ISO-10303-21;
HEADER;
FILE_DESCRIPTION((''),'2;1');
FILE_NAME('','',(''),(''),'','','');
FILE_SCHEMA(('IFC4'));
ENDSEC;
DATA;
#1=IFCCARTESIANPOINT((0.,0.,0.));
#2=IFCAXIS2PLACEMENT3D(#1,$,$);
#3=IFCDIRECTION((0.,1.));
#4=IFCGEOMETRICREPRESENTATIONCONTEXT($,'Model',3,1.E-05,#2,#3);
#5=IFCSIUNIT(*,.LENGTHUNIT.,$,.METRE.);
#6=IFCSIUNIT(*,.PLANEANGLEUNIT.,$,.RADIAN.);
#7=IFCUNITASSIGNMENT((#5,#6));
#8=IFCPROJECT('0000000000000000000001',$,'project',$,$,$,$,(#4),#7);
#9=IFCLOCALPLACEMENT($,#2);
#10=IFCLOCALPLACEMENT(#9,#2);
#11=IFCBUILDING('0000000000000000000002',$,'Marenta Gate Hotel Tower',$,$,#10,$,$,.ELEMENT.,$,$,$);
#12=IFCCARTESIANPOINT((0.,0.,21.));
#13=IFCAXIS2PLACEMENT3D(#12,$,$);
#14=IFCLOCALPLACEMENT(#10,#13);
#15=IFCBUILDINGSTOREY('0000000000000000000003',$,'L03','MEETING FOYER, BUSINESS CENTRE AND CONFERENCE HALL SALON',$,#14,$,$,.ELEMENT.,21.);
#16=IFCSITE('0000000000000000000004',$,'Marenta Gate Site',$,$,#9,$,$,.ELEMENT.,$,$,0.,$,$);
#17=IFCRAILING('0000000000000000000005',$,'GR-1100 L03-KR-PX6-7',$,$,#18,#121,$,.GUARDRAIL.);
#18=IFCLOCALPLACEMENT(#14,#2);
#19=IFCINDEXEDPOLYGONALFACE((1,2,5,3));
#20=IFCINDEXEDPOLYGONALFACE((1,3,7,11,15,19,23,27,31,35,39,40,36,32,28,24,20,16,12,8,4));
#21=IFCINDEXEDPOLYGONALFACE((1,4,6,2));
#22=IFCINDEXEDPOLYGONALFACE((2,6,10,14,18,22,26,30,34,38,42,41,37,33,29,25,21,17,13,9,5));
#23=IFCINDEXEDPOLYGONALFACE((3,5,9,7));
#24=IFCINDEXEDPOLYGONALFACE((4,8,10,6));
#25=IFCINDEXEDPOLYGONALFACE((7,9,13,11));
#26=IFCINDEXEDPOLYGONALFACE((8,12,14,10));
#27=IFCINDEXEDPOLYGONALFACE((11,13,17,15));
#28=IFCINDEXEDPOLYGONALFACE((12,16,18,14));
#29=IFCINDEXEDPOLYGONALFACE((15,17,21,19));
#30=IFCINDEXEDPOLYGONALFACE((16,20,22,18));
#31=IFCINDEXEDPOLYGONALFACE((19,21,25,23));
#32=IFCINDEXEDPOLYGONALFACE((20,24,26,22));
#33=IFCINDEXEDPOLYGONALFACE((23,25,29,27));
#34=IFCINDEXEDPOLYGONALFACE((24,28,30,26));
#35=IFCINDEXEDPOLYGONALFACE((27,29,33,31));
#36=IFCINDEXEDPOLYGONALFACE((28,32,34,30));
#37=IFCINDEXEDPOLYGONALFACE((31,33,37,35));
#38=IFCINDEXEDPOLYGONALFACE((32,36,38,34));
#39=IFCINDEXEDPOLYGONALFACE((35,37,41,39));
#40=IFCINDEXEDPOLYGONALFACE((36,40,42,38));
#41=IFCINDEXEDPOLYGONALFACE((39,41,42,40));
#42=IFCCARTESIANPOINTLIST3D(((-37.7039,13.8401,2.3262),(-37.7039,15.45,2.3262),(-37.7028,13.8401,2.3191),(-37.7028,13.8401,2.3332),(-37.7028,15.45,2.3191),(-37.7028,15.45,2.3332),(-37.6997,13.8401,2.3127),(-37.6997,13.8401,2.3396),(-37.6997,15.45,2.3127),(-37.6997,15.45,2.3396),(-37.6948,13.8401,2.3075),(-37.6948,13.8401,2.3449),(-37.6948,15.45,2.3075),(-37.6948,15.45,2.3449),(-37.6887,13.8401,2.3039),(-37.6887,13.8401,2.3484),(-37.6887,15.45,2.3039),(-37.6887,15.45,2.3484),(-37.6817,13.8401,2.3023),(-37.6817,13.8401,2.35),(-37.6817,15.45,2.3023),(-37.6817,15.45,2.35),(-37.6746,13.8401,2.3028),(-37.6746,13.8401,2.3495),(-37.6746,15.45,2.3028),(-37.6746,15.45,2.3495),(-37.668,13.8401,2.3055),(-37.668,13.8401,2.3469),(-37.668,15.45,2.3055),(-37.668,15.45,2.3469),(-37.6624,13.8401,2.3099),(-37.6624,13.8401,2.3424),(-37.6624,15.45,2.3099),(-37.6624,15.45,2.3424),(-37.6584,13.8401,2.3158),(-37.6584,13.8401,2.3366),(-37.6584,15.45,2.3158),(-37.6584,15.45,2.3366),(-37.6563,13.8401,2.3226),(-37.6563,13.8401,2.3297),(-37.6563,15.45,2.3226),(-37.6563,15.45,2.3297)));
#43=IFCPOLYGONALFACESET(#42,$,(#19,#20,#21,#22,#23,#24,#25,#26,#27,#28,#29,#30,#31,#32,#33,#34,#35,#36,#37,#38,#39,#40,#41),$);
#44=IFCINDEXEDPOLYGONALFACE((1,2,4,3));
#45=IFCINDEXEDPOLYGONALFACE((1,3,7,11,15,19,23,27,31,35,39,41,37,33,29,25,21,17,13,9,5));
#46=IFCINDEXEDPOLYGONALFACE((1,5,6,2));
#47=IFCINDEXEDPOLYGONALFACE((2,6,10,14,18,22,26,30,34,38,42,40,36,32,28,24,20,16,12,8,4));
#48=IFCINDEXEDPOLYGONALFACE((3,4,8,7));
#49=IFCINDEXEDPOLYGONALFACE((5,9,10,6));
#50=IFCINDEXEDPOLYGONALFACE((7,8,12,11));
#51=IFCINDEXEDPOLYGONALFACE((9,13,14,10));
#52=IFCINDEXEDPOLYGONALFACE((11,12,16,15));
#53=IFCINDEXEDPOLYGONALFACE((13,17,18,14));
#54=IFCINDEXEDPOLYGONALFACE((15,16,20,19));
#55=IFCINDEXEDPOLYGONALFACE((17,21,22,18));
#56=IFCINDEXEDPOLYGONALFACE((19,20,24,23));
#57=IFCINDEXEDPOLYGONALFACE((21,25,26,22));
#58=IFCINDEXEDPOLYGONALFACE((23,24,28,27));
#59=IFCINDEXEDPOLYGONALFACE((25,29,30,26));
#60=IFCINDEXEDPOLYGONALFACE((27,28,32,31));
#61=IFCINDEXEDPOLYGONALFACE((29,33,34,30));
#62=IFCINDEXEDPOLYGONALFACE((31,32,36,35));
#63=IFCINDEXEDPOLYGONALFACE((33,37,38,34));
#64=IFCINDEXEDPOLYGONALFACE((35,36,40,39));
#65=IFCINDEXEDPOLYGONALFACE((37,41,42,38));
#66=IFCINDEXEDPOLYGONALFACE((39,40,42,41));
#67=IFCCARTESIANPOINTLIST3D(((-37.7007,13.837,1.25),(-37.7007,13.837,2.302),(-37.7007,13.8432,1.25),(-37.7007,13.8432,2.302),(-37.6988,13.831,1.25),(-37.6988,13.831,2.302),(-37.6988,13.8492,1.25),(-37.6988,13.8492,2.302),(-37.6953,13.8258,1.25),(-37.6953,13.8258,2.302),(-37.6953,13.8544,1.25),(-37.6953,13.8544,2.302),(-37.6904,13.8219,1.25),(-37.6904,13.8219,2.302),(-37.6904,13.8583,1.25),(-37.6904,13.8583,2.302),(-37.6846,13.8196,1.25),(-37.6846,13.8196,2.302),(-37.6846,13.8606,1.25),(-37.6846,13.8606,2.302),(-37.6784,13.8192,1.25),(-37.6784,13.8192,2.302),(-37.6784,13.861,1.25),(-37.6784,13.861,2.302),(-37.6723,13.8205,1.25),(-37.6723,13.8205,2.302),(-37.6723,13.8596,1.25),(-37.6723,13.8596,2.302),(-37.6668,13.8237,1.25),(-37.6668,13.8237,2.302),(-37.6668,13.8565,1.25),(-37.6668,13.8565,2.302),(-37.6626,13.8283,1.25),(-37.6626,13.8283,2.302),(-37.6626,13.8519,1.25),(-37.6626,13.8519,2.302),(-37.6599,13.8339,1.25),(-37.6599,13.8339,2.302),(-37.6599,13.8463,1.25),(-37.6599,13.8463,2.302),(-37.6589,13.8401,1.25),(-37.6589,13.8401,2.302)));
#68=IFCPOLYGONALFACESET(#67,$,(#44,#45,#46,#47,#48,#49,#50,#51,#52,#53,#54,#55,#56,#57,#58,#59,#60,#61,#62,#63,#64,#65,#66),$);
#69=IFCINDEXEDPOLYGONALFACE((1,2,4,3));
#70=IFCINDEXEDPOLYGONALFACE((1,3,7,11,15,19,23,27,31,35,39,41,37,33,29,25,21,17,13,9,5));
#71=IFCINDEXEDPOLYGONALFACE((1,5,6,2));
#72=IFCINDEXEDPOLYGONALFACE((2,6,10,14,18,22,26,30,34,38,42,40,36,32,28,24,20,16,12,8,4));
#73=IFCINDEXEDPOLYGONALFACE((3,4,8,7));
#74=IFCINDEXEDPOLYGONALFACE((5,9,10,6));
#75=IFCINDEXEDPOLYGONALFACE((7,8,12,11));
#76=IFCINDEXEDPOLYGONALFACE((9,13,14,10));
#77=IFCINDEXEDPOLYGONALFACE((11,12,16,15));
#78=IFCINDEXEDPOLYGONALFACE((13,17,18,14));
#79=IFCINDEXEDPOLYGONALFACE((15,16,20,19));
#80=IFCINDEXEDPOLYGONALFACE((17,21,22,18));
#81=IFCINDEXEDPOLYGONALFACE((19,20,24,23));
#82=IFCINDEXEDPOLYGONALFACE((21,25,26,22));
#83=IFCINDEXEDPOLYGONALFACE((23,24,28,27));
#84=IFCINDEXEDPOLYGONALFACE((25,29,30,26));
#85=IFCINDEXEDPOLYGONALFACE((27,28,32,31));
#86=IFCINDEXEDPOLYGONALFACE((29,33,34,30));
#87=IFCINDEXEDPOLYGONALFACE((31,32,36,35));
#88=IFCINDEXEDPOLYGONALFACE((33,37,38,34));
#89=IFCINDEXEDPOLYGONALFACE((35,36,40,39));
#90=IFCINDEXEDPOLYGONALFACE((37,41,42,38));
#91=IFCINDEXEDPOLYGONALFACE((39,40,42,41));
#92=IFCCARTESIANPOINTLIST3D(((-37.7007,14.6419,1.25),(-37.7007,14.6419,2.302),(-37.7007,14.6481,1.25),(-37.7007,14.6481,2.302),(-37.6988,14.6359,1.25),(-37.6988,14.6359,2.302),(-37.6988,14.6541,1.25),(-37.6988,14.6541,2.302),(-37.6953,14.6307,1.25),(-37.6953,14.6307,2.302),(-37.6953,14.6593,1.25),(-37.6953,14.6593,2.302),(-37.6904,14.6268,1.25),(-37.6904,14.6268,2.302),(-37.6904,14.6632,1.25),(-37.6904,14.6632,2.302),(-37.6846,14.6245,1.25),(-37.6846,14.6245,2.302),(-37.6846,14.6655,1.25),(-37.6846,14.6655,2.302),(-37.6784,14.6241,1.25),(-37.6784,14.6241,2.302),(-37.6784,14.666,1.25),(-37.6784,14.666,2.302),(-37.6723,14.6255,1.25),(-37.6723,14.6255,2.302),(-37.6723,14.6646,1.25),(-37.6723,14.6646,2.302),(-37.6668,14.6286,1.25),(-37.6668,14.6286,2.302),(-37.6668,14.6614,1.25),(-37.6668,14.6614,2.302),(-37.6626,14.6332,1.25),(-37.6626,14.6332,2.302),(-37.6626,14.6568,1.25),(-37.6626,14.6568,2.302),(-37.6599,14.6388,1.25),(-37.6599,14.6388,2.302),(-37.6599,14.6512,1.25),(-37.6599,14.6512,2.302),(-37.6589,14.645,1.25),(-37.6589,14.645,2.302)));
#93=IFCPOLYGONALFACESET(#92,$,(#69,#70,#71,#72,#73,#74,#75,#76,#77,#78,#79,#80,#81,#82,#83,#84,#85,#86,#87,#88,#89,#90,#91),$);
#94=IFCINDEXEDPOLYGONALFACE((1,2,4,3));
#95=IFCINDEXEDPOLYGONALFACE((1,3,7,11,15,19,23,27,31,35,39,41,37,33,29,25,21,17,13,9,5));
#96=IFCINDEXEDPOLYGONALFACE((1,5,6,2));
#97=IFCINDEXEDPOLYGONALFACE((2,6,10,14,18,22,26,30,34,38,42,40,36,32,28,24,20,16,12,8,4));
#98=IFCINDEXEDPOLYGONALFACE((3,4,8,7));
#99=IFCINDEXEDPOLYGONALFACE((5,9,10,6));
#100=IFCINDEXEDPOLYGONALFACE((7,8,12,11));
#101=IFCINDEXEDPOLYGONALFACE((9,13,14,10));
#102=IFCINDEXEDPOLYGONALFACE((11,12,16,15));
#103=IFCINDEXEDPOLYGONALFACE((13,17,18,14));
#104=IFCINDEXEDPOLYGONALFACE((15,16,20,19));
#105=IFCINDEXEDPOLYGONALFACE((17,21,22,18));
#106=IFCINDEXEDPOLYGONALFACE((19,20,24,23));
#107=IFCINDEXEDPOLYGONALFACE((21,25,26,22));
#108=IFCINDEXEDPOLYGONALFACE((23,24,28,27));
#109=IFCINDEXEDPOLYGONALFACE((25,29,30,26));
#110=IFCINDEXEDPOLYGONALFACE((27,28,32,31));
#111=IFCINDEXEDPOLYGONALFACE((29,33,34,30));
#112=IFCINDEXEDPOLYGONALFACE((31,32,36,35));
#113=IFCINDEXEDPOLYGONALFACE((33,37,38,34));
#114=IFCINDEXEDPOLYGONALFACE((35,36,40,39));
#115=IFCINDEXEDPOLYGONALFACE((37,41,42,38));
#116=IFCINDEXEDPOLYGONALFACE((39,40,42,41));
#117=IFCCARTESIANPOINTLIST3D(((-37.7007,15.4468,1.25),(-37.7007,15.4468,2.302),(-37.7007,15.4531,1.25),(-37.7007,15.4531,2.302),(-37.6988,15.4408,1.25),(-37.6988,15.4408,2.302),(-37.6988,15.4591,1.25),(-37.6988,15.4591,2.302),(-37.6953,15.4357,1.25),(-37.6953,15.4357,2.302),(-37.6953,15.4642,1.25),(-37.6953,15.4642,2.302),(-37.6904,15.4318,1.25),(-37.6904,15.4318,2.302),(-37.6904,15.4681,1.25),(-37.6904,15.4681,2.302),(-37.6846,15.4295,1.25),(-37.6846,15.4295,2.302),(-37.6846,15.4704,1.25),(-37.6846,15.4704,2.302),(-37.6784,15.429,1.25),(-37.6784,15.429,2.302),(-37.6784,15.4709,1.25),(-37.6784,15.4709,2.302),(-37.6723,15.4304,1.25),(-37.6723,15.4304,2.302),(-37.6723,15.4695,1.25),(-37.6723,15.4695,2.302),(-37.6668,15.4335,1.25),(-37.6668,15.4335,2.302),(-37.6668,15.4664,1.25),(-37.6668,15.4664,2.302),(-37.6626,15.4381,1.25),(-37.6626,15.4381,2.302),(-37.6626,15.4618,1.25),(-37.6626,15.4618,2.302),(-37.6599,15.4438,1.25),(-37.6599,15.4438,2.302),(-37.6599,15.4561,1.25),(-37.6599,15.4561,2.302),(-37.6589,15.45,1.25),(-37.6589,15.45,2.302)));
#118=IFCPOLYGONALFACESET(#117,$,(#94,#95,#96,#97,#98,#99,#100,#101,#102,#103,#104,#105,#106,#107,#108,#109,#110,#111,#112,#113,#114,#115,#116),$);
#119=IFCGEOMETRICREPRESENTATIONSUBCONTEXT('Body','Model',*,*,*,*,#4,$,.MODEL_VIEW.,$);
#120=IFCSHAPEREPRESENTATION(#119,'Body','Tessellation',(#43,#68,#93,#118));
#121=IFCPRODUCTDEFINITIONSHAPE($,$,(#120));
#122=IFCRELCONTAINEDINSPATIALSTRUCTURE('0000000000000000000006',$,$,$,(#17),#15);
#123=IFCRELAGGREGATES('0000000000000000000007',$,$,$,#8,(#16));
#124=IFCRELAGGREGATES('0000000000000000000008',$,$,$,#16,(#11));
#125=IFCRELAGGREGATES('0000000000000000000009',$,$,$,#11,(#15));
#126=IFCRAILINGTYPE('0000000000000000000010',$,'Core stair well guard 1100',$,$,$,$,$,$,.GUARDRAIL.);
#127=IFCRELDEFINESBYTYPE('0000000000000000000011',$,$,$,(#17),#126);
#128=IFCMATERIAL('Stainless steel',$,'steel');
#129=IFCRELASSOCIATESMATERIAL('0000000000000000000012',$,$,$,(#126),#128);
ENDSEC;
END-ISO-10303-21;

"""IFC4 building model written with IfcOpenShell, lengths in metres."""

from ifc_helpers import new_model, si_unit, direction, frame, origin, origin_2d, place, context, subcontext, project, spatial, circle, extrude, material, type_object, element, save


model = new_model("IFC4")

# Units and contexts
model_context = context("Model", 3, precision=1e-05, world=origin(), true_north=direction((0.0, 1.0)))
body_context = subcontext(model_context, "Body", "Model", "MODEL_VIEW")
ifc_project = project(units=[si_unit("LENGTHUNIT", "METRE"), si_unit("PLANEANGLEUNIT", "RADIAN")], contexts=[model_context])

# Site, building, storey
site_placement = place(None, origin())
site = spatial("IfcSite", under=ifc_project, at=site_placement, Name="Marenta Gate Site", CompositionType="ELEMENT", RefElevation=0.0)
building_placement = place(site_placement, origin())
building = spatial("IfcBuilding", under=site, at=building_placement, Name="Marenta Gate Hotel Tower", CompositionType="ELEMENT")
storey_placement = place(building_placement, frame((0.0, 0.0, 21.0)))
storey = spatial("IfcBuildingStorey", under=building, at=storey_placement, Name="L03", Description="MEETING FOYER, BUSINESS CENTRE AND CONFERENCE HALL SALON", CompositionType="ELEMENT", Elevation=21.0)

# Railing
ifc_material_1 = material(Name="Stainless steel", Category="steel")
railing_type_1 = type_object("IfcRailingType", Name="Core stair well guard 1100", PredefinedType="GUARDRAIL", material=ifc_material_1)
railing_1_placement = place(storey_placement, frame((-37.6799, 13.8401, 1.25)))
element("IfcRailing", 1, at=railing_1_placement, inside=storey, type_object=railing_type_1, Name="GR-1100 L03-KR-PX6-7", PredefinedType="GUARDRAIL", context=body_context, shape_type="SweptSolid", body=[
    extrude(circle(Radius=0.0239, at=origin_2d()), frame((0.0, 0.0, 1.0762), z_axis=(0.0, 1.0, 0.0), x_axis=(-1.0, 0.0, 0.0)), (0.0, 0.0, 1.0), 1.6099),
    extrude(circle(Radius=0.021, at=origin_2d()), origin(), (0.0, 0.0, 1.0), 1.052),
    extrude(circle(Radius=0.021, at=origin_2d()), frame((0.0, 0.8049, 0.0)), (0.0, 0.0, 1.0), 1.052),
    extrude(circle(Radius=0.021, at=origin_2d()), frame((0.0, 1.6099, 0.0)), (0.0, 0.0, 1.0), 1.052),
])

save(model, "model.ifc")
